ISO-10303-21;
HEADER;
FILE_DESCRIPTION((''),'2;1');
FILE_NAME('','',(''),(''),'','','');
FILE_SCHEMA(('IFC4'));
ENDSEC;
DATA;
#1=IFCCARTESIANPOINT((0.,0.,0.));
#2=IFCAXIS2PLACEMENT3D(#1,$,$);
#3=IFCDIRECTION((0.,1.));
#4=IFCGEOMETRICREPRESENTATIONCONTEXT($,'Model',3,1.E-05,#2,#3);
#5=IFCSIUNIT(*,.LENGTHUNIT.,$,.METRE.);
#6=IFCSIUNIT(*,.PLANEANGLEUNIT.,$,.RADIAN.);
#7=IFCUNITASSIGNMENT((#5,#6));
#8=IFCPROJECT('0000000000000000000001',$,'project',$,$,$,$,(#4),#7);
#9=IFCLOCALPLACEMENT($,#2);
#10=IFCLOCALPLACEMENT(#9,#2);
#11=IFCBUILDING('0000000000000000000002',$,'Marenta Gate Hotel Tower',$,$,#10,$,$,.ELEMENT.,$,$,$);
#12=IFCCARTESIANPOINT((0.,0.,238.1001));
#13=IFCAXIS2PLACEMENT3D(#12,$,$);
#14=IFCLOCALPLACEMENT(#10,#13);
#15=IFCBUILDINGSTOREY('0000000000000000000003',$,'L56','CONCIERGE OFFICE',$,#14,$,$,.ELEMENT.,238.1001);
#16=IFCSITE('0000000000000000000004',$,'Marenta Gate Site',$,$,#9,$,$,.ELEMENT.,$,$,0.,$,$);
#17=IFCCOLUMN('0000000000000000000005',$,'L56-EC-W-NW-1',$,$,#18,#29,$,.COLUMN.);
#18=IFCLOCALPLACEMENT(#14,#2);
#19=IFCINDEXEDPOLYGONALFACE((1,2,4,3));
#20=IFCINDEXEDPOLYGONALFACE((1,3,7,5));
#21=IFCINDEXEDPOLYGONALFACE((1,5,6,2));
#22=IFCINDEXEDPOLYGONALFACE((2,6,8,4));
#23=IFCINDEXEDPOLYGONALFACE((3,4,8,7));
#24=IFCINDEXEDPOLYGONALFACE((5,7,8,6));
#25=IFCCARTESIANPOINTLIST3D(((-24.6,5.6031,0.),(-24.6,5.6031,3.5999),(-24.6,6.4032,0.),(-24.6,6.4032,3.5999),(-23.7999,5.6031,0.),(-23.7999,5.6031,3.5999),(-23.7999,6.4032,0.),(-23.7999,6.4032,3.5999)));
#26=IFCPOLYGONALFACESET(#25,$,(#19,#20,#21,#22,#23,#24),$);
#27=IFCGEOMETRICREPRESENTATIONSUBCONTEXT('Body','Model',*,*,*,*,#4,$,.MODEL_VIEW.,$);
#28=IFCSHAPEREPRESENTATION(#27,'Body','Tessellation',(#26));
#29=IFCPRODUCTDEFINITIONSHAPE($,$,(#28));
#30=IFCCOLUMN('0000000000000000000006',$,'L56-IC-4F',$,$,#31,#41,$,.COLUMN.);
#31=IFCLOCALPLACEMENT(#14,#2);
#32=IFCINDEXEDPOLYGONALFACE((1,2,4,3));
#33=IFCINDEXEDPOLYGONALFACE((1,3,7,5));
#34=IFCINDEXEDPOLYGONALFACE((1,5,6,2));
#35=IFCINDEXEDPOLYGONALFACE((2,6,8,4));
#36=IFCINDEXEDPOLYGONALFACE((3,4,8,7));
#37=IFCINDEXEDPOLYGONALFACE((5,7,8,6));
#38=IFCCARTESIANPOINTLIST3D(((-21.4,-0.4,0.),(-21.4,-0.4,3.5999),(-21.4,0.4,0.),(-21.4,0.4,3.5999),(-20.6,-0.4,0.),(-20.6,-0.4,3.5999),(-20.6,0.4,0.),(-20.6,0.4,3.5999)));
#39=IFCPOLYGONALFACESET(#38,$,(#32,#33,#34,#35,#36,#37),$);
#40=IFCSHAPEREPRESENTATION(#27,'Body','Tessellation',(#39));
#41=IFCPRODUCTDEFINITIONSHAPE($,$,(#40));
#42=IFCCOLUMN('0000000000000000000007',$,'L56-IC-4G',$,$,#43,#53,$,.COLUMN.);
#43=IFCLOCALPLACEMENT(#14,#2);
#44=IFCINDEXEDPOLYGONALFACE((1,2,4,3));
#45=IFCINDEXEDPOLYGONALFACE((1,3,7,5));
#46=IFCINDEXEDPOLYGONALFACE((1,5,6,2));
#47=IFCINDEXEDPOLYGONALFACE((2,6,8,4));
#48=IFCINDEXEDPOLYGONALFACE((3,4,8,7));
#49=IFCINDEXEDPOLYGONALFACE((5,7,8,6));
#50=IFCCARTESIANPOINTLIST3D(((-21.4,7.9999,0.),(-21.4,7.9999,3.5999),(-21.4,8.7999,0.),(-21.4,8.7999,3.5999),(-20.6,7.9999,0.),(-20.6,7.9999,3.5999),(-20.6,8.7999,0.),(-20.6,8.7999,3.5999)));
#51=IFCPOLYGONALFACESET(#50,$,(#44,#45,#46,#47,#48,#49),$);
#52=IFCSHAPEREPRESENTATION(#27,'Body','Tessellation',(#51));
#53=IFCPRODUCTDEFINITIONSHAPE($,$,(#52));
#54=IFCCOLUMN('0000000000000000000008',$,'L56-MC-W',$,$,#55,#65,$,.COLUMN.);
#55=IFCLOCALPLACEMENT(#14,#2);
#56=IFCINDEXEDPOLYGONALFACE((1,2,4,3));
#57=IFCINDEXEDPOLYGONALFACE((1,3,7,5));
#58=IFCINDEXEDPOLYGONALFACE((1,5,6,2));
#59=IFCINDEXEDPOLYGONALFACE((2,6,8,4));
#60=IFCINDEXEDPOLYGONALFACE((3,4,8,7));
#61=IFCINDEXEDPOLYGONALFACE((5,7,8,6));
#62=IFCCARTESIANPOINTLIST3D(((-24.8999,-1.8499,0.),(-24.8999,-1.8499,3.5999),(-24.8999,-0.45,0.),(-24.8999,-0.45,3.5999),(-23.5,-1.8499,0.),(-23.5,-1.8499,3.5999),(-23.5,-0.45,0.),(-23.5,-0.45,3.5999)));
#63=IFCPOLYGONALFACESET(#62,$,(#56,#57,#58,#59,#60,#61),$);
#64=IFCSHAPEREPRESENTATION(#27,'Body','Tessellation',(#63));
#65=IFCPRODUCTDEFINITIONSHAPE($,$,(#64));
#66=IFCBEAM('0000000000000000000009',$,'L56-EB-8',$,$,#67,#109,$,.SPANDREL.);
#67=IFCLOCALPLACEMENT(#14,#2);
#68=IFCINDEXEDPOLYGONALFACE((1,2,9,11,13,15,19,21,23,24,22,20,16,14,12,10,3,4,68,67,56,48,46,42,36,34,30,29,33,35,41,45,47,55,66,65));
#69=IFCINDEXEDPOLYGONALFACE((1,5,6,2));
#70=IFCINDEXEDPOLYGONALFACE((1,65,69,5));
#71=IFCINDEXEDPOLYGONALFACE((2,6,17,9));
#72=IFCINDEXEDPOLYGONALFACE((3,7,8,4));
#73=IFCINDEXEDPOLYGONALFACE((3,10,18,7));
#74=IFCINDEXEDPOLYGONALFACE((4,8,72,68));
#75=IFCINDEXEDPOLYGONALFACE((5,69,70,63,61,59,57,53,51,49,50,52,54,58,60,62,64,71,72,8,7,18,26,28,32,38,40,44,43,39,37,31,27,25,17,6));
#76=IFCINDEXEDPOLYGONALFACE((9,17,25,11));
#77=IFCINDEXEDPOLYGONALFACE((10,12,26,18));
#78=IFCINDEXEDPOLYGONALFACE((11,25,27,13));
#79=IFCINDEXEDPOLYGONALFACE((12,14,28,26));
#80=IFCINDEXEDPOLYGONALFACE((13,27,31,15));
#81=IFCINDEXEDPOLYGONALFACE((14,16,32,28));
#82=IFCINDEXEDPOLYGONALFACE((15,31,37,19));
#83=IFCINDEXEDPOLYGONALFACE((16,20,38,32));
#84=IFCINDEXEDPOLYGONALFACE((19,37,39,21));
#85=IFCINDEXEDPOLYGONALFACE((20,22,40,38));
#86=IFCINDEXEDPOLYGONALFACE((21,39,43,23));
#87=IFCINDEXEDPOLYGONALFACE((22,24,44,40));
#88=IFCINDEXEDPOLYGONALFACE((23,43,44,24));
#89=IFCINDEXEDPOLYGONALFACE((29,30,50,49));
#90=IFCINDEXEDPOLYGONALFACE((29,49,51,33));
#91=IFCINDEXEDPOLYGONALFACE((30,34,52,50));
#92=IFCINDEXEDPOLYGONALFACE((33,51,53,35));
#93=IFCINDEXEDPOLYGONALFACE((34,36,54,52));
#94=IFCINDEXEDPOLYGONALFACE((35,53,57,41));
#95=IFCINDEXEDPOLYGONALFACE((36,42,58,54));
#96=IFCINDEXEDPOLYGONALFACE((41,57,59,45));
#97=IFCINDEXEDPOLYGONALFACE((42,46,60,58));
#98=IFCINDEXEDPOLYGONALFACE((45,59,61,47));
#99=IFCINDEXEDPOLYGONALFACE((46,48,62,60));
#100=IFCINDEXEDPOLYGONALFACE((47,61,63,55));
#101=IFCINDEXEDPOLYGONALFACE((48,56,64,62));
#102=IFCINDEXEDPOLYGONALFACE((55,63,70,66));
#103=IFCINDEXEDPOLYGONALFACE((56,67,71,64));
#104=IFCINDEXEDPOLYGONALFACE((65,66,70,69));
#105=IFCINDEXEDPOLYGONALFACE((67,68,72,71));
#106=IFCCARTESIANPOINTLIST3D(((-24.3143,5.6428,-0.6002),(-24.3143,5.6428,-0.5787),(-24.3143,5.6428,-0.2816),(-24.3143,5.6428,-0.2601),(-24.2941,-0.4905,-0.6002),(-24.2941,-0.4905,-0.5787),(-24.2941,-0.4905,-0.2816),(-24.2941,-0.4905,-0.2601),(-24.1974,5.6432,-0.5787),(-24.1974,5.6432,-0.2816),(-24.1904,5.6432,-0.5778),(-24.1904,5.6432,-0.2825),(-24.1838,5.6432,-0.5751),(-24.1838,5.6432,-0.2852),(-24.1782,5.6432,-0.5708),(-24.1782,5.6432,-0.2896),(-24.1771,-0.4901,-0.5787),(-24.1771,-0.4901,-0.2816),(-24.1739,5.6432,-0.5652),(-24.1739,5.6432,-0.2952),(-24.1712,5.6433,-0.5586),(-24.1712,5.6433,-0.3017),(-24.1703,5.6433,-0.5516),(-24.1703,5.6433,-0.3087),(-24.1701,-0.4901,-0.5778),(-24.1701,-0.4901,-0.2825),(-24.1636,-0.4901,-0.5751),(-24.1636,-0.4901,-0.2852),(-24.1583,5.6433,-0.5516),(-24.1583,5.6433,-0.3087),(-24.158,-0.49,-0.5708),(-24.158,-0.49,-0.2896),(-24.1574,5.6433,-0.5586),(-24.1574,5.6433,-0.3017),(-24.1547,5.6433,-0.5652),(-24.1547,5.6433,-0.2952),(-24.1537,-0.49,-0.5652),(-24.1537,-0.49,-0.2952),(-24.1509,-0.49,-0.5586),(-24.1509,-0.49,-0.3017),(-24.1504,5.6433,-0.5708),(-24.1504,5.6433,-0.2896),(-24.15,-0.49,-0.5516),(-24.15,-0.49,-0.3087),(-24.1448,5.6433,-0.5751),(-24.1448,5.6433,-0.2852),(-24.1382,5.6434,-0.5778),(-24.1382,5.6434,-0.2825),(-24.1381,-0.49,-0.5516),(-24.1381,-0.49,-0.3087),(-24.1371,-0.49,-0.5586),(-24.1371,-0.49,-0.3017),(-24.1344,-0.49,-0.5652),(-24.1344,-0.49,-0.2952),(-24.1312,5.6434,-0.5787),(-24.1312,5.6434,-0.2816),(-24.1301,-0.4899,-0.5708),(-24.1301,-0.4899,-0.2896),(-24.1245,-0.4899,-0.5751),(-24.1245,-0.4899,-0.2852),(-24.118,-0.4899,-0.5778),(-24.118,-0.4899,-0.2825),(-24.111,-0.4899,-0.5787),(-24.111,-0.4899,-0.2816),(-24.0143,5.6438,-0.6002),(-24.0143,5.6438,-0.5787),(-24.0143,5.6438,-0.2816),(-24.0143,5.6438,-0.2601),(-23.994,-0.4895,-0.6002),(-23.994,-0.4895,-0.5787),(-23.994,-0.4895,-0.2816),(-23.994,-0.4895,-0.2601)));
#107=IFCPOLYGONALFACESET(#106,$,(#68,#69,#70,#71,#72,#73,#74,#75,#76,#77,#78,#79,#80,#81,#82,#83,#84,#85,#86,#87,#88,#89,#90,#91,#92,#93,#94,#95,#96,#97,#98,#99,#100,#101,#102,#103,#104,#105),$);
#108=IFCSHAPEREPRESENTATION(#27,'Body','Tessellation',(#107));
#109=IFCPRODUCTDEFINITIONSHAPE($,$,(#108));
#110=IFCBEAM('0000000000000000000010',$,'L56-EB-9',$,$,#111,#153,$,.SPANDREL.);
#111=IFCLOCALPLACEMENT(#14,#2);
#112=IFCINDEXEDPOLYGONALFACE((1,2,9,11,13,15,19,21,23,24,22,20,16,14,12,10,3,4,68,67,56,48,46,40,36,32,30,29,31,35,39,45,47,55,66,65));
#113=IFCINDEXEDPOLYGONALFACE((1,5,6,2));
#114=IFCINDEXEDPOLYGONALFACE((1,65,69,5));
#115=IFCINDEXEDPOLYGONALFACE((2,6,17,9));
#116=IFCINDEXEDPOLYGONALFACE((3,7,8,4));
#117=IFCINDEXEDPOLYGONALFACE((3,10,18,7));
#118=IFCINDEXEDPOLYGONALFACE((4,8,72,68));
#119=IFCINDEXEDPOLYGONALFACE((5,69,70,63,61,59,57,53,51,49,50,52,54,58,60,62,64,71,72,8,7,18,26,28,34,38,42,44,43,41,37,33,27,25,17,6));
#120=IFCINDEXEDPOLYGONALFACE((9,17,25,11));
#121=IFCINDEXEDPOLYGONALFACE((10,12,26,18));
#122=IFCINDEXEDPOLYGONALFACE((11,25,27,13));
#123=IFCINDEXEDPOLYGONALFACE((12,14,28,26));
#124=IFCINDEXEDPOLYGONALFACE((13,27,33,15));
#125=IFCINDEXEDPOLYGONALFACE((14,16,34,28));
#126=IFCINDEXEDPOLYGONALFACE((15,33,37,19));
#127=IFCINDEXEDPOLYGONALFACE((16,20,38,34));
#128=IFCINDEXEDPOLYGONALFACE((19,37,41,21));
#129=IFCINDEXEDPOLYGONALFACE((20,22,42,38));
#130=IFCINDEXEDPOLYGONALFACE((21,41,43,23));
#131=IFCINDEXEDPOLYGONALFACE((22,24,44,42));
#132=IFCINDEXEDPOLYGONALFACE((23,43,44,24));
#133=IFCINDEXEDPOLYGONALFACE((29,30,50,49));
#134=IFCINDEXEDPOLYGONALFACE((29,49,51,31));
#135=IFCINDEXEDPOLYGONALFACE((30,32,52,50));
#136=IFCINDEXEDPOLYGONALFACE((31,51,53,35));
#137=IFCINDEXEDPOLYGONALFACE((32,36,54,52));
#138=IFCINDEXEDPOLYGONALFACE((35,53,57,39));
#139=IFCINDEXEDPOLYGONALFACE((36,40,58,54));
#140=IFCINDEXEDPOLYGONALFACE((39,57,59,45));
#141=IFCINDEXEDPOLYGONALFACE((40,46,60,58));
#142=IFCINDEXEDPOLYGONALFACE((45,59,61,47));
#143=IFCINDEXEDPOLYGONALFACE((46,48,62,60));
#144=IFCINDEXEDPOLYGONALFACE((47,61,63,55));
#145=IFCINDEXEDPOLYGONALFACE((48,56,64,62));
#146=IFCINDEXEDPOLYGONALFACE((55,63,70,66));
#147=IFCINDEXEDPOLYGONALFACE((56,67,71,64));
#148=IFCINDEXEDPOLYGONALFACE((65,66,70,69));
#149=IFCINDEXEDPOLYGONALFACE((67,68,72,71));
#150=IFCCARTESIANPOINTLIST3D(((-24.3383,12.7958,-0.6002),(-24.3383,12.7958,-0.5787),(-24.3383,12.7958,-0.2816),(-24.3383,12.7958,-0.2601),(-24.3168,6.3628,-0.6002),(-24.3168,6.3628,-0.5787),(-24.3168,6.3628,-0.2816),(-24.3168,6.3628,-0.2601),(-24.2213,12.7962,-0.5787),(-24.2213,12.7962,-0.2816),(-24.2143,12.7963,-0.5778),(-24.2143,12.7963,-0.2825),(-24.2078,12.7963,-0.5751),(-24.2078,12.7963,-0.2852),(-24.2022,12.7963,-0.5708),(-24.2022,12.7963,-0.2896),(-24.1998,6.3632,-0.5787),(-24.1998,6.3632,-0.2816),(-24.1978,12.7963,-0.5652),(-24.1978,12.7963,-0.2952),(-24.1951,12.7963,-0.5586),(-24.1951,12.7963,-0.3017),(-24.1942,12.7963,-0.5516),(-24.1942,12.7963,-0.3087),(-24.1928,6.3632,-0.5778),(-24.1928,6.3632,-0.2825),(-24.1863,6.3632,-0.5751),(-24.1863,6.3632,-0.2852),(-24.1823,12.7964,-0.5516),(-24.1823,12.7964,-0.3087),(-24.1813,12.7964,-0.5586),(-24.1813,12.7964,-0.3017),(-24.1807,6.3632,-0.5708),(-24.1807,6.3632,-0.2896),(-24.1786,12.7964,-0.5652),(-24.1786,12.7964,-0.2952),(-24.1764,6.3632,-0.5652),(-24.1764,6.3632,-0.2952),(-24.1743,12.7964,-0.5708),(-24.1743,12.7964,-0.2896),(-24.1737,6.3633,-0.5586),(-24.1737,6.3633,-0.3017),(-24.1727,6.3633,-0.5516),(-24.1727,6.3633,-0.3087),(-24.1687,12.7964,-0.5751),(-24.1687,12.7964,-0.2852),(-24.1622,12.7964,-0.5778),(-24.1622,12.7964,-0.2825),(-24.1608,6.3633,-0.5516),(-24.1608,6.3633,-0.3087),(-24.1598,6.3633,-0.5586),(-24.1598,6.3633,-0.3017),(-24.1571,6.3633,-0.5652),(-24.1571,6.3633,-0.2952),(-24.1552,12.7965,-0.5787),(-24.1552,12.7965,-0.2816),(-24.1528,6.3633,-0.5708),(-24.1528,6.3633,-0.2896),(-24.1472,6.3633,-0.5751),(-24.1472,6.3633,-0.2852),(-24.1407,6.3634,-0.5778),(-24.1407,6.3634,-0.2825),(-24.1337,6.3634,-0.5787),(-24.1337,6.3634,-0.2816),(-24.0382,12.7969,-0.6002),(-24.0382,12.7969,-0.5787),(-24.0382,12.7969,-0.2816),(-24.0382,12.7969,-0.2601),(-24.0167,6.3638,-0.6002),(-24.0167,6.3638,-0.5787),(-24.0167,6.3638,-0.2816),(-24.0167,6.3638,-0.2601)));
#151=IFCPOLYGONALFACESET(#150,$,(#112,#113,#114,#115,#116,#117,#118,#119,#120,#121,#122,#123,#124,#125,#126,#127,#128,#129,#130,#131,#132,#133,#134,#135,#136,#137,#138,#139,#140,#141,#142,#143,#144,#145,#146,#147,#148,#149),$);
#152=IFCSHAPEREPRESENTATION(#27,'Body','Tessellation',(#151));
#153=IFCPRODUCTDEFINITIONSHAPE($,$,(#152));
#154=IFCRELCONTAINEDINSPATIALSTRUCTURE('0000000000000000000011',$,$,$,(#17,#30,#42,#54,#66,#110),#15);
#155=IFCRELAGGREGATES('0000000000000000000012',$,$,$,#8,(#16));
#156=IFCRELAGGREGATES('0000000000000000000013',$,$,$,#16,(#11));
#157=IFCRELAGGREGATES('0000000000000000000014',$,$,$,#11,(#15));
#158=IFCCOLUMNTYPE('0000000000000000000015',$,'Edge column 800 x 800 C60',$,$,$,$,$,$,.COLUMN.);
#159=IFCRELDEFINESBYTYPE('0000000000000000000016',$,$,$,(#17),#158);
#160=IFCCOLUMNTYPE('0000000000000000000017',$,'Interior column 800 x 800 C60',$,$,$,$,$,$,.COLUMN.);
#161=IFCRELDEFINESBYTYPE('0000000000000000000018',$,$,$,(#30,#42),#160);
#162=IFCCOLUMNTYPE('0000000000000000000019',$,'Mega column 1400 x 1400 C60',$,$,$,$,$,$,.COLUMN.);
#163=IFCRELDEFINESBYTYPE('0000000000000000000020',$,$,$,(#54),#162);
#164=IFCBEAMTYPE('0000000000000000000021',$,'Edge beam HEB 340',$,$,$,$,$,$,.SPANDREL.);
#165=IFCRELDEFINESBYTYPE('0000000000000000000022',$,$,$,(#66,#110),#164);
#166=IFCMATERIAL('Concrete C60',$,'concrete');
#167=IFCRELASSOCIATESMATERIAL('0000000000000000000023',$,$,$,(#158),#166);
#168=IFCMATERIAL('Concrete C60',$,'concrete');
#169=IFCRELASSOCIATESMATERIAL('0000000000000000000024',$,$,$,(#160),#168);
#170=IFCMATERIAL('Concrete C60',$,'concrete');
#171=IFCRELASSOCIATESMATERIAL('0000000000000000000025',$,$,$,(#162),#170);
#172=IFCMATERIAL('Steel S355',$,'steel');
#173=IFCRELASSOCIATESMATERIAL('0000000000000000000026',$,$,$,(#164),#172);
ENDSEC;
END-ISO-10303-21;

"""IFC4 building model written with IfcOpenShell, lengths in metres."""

from ifc_helpers import new_model, si_unit, direction, frame, origin, origin_2d, place, context, subcontext, project, spatial, rectangle, i_section, extrude, material, material_profile, profile_set, type_object, element, save


model = new_model("IFC4")

# Units and contexts
model_context = context("Model", 3, precision=1e-05, world=origin(), true_north=direction((0.0, 1.0)))
body_context = subcontext(model_context, "Body", "Model", "MODEL_VIEW")
ifc_project = project(units=[si_unit("LENGTHUNIT", "METRE"), si_unit("PLANEANGLEUNIT", "RADIAN")], contexts=[model_context])

# Site, building, storey
site_placement = place(None, origin())
site = spatial("IfcSite", under=ifc_project, at=site_placement, Name="Marenta Gate Site", CompositionType="ELEMENT", RefElevation=0.0)
building_placement = place(site_placement, origin())
building = spatial("IfcBuilding", under=site, at=building_placement, Name="Marenta Gate Hotel Tower", CompositionType="ELEMENT")
storey_placement = place(building_placement, frame((0.0, 0.0, 238.1001)))
storey = spatial("IfcBuildingStorey", under=building, at=storey_placement, Name="L56", Description="CONCIERGE OFFICE", CompositionType="ELEMENT", Elevation=238.1001)

# Columns
ifc_material_1 = material(Name="Concrete C60", Category="concrete")
ifc_material_profile_1 = material_profile(ifc_material_1, rectangle(XDim=0.8, YDim=0.8, at=origin_2d()), Name="800 x 800")
ifc_profile_set_1 = profile_set([ifc_material_profile_1], Name="Concrete C60")
column_type_1 = type_object("IfcColumnType", Name="Edge column 800 x 800 C60", PredefinedType="COLUMN", material=ifc_profile_set_1)
column_1_placement = place(storey_placement, frame((-24.2, 6.0032, 0.0), z_axis=(0.0, 0.0, 1.0), x_axis=(1.0, 0.0, 0.0)))
element("IfcColumn", 1, at=column_1_placement, inside=storey, type_object=column_type_1, Name="L56-EC-W-NW-1", PredefinedType="COLUMN", context=body_context, shape_type="SweptSolid", body=[
    extrude(rectangle(XDim=0.8, YDim=0.8, at=origin_2d()), origin(), (0.0, 0.0, 1.0), 3.5999),
])
ifc_material_2 = material(Name="Concrete C60", Category="concrete")
ifc_material_profile_2 = material_profile(ifc_material_2, rectangle(XDim=0.8, YDim=0.8, at=origin_2d()), Name="800 x 800")
ifc_profile_set_2 = profile_set([ifc_material_profile_2], Name="Concrete C60")
column_type_2 = type_object("IfcColumnType", Name="Interior column 800 x 800 C60", PredefinedType="COLUMN", material=ifc_profile_set_2)
for number, where, z_axis, x_axis, name in (
    (2, (-21.0, 0.0, 0.0), (0.0, 0.0, 1.0), (1.0, 0.0, 0.0), "L56-IC-4F"),
    (3, (-21.0, 8.3999, 0.0), (0.0, 0.0, 1.0), (1.0, 0.0, 0.0), "L56-IC-4G"),
):
    element("IfcColumn", number, at=place(storey_placement, frame(where, z_axis=z_axis, x_axis=x_axis)), inside=storey, type_object=column_type_2, Name=name, PredefinedType="COLUMN", context=body_context, shape_type="SweptSolid", body=[
        extrude(rectangle(XDim=0.8, YDim=0.8, at=origin_2d()), origin(), (0.0, 0.0, 1.0), 3.5999),
    ])
ifc_material_3 = material(Name="Concrete C60", Category="concrete")
ifc_material_profile_3 = material_profile(ifc_material_3, rectangle(XDim=1.3999, YDim=1.3999, at=origin_2d()), Name="1400 x 1400")
ifc_profile_set_3 = profile_set([ifc_material_profile_3], Name="Concrete C60")
column_type_3 = type_object("IfcColumnType", Name="Mega column 1400 x 1400 C60", PredefinedType="COLUMN", material=ifc_profile_set_3)
column_2_placement = place(storey_placement, frame((-24.2, -1.1499, 0.0), z_axis=(0.0, 0.0, 1.0), x_axis=(1.0, 0.0, 0.0)))
element("IfcColumn", 4, at=column_2_placement, inside=storey, type_object=column_type_3, Name="L56-MC-W", PredefinedType="COLUMN", context=body_context, shape_type="SweptSolid", body=[
    extrude(rectangle(XDim=1.3999, YDim=1.3999, at=origin_2d()), origin(), (0.0, 0.0, 1.0), 3.5999),
])

# Beams
ifc_material_4 = material(Name="Steel S355", Category="steel")
ifc_material_profile_4 = material_profile(ifc_material_4, i_section(OverallWidth=0.3, OverallDepth=0.3401, WebThickness=0.012, FlangeThickness=0.0215, FilletRadius=0.0271, at=origin_2d()), Name="HEB 340")
ifc_profile_set_4 = profile_set([ifc_material_profile_4], Name="Steel S355")
beam_type_1 = type_object("IfcBeamType", Name="Edge beam HEB 340", PredefinedType="SPANDREL", material=ifc_profile_set_4)
beam_1_placement = place(storey_placement, frame((-24.144, -0.49, -0.4302), z_axis=(-0.003304, 0.999995, 0.0), x_axis=(-0.999995, -0.003304, 0.0)))
element("IfcBeam", 5, at=beam_1_placement, inside=storey, type_object=beam_type_1, Name="L56-EB-8", PredefinedType="SPANDREL", context=body_context, shape_type="SweptSolid", body=[
    extrude(i_section(OverallWidth=0.3, OverallDepth=0.3401, WebThickness=0.012, FlangeThickness=0.0215, FilletRadius=0.0271, at=origin_2d()), origin(), (0.0, 0.0, 1.0), 6.1333),
])
beam_2_placement = place(storey_placement, frame((-24.1667, 6.3633, -0.4302), z_axis=(-0.00334, 0.999994, 0.0), x_axis=(-0.999994, -0.00334, 0.0)))
element("IfcBeam", 6, at=beam_2_placement, inside=storey, type_object=beam_type_1, Name="L56-EB-9", PredefinedType="SPANDREL", context=body_context, shape_type="SweptSolid", body=[
    extrude(i_section(OverallWidth=0.3, OverallDepth=0.3401, WebThickness=0.012, FlangeThickness=0.0215, FilletRadius=0.0271, at=origin_2d()), origin(), (0.0, 0.0, 1.0), 6.4331),
])

save(model, "model.ifc")
